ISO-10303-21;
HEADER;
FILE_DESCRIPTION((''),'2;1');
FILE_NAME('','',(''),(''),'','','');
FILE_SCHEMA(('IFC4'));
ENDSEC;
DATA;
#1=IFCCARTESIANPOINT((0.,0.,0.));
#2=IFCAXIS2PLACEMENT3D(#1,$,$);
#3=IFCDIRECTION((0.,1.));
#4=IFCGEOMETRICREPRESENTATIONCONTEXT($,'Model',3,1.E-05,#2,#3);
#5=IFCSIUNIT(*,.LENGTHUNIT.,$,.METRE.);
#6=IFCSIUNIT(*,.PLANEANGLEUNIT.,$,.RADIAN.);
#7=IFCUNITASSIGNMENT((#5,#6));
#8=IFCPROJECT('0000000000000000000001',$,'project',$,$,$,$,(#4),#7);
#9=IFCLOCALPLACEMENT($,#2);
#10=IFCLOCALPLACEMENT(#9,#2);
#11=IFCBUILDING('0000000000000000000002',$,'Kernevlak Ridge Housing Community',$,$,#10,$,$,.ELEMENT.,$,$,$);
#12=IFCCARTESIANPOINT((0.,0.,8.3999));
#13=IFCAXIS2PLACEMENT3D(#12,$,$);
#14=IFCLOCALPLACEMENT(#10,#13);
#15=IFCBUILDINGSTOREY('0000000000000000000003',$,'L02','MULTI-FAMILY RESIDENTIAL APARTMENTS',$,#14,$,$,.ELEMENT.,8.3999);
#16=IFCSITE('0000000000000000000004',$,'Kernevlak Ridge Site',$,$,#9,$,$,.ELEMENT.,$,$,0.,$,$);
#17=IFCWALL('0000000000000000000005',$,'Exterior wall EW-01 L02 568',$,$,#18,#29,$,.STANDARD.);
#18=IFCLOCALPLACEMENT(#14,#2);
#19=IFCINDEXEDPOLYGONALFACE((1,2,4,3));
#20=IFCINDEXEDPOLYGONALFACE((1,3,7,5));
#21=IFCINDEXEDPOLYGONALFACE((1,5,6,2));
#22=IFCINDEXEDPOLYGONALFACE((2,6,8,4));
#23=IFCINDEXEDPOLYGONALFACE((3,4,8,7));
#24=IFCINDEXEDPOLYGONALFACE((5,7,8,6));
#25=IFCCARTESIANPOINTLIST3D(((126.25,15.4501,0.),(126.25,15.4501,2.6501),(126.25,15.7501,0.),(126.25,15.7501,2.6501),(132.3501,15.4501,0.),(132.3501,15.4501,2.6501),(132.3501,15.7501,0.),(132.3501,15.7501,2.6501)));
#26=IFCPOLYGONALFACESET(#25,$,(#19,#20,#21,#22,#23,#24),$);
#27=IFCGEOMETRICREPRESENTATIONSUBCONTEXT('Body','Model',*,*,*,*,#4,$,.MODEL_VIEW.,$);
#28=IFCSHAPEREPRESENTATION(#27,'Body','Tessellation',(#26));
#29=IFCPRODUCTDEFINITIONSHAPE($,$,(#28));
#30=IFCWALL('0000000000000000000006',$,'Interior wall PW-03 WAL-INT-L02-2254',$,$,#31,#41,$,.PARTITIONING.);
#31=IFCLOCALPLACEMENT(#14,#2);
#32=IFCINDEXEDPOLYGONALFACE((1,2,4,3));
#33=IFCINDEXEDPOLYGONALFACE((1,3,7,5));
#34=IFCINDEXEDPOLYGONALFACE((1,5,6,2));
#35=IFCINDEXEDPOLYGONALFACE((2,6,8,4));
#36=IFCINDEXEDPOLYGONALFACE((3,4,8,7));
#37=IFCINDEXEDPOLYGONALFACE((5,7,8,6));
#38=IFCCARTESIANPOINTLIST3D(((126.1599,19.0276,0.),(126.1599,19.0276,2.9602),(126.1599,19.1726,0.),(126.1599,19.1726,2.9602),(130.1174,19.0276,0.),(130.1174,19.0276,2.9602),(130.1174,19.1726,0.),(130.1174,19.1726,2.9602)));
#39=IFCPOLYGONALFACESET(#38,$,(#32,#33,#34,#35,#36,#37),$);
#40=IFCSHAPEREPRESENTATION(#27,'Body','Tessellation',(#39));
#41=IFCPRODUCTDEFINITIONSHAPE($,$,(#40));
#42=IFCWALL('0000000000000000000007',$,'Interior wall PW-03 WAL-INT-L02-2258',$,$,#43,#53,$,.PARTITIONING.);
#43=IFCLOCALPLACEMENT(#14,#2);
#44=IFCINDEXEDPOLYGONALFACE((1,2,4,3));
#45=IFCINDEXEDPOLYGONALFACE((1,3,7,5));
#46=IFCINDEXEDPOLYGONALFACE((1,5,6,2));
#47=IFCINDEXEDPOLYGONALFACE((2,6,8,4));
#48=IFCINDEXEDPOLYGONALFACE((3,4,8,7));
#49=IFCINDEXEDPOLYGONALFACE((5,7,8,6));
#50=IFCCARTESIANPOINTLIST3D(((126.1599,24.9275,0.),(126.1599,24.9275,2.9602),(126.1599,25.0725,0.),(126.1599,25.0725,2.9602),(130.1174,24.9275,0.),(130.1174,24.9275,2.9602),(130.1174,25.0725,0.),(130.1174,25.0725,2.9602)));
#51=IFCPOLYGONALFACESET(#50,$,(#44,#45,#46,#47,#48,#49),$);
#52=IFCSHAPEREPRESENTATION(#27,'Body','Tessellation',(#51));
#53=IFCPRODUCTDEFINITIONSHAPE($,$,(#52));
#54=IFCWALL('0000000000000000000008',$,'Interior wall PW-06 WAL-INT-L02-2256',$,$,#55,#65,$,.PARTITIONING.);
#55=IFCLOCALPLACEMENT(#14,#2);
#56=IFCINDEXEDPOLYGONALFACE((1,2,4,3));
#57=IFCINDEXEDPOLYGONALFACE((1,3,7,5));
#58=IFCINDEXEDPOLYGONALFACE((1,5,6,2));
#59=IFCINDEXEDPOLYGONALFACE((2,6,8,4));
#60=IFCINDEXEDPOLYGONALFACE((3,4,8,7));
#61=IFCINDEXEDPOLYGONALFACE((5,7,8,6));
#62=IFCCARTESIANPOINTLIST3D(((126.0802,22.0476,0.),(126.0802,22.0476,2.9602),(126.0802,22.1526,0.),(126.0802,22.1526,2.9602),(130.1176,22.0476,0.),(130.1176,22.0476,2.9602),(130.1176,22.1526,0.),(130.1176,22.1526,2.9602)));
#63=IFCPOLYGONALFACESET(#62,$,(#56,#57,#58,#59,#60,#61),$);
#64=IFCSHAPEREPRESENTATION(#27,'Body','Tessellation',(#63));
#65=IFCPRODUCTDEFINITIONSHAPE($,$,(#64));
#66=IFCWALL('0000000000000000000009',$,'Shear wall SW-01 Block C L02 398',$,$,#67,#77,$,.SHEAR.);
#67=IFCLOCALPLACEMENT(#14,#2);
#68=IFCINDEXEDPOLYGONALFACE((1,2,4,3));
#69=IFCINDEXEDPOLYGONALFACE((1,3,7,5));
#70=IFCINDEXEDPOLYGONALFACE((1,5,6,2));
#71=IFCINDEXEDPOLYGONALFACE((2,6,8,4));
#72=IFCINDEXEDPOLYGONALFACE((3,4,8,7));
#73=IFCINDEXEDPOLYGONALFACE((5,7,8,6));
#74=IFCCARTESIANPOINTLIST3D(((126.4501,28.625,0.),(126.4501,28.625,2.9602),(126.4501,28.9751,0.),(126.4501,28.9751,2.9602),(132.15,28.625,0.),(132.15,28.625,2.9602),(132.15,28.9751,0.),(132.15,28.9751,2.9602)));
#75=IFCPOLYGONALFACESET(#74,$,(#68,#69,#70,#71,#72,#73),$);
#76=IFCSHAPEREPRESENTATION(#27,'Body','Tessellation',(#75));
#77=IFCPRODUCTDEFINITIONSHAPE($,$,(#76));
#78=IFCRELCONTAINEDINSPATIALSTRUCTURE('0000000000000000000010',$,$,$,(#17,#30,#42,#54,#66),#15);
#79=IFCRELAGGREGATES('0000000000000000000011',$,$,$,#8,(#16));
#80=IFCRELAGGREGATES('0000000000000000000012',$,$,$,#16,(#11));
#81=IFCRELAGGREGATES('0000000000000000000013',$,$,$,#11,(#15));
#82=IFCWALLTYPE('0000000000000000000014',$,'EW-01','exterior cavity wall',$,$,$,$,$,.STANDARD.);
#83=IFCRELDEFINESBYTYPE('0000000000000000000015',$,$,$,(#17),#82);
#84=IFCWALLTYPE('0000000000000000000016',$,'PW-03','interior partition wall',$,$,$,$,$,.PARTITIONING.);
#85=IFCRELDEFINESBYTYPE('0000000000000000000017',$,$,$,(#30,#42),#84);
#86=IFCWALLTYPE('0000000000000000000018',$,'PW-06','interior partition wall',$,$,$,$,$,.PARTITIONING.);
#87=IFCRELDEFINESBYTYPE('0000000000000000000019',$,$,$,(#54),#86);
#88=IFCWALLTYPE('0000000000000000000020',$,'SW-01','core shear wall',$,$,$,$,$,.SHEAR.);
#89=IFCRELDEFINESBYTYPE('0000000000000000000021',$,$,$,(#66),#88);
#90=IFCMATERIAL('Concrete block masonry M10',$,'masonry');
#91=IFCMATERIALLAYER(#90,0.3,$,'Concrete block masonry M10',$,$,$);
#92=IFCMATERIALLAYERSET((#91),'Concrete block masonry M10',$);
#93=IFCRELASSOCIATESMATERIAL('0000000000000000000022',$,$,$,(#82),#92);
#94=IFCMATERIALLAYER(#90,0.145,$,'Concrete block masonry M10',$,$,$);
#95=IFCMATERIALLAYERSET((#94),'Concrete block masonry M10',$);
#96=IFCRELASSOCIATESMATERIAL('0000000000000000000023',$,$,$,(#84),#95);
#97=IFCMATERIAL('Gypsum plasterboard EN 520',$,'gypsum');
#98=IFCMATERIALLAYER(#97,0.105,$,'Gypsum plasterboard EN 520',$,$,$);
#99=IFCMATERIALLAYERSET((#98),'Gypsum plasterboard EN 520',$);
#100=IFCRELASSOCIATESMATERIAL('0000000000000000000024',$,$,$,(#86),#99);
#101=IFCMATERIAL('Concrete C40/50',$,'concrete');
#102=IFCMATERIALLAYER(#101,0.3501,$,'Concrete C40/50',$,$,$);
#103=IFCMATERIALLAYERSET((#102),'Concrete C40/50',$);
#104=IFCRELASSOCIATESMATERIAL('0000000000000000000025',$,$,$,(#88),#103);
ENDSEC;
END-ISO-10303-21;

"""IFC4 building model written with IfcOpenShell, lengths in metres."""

from ifc_helpers import new_model, si_unit, direction, frame, frame_2d, origin, place, context, subcontext, project, spatial, rectangle, extrude, material, layer, layer_set, type_object, element, save


model = new_model("IFC4")

# Units and contexts
model_context = context("Model", 3, precision=1e-05, world=origin(), true_north=direction((0.0, 1.0)))
body_context = subcontext(model_context, "Body", "Model", "MODEL_VIEW")
ifc_project = project(units=[si_unit("LENGTHUNIT", "METRE"), si_unit("PLANEANGLEUNIT", "RADIAN")], contexts=[model_context])

# Site, building, storey
site_placement = place(None, origin())
site = spatial("IfcSite", under=ifc_project, at=site_placement, Name="Kernevlak Ridge Site", CompositionType="ELEMENT", RefElevation=0.0)
building_placement = place(site_placement, origin())
building = spatial("IfcBuilding", under=site, at=building_placement, Name="Kernevlak Ridge Housing Community", CompositionType="ELEMENT")
storey_placement = place(building_placement, frame((0.0, 0.0, 8.3999)))
storey = spatial("IfcBuildingStorey", under=building, at=storey_placement, Name="L02", Description="MULTI-FAMILY RESIDENTIAL APARTMENTS", CompositionType="ELEMENT", Elevation=8.3999)

# Shared definitions
ifc_material_1 = material(Name="Concrete C40/50", Category="concrete")

# Shared definitions
ifc_material_2 = material(Name="Concrete block masonry M10", Category="masonry")
ifc_layer_1 = layer(ifc_material_2, 0.3, Name="Concrete block masonry M10")
ifc_layer_set_1 = layer_set([ifc_layer_1], Name="Concrete block masonry M10")
wall_type_1 = type_object("IfcWallType", Name="EW-01", Description="exterior cavity wall", PredefinedType="STANDARD", material=ifc_layer_set_1)

# Walls
wall_1_placement = place(storey_placement, frame((126.25, 15.6001, 0.0), z_axis=(0.0, 0.0, 1.0), x_axis=(1.0, 0.0, 0.0)))
element("IfcWall", 1, at=wall_1_placement, inside=storey, type_object=wall_type_1, Name="Exterior wall EW-01 L02 568", PredefinedType="STANDARD", context=body_context, shape_type="SweptSolid", body=[
    extrude(rectangle(XDim=6.1001, YDim=0.3, at=frame_2d((3.05, 0.0))), origin(), (0.0, 0.0, 1.0), 2.6501),
])
ifc_layer_2 = layer(ifc_material_2, 0.145, Name="Concrete block masonry M10")
ifc_layer_set_2 = layer_set([ifc_layer_2], Name="Concrete block masonry M10")
wall_type_2 = type_object("IfcWallType", Name="PW-03", Description="interior partition wall", PredefinedType="PARTITIONING", material=ifc_layer_set_2)
for number, where, z_axis, x_axis, name in (
    (2, (130.1174, 19.1001, 0.0), (0.0, 0.0, 1.0), (-1.0, 0.0, 0.0), "Interior wall PW-03 WAL-INT-L02-2254"),
    (3, (130.1174, 25.0, 0.0), (0.0, 0.0, 1.0), (-1.0, 0.0, 0.0), "Interior wall PW-03 WAL-INT-L02-2258"),
):
    element("IfcWall", number, at=place(storey_placement, frame(where, z_axis=z_axis, x_axis=x_axis)), inside=storey, type_object=wall_type_2, Name=name, PredefinedType="PARTITIONING", context=body_context, shape_type="SweptSolid", body=[
        extrude(rectangle(XDim=3.9575, YDim=0.145, at=frame_2d((1.9788, 0.0))), origin(), (0.0, 0.0, 1.0), 2.9602),
    ])
ifc_material_3 = material(Name="Gypsum plasterboard EN 520", Category="gypsum")
ifc_layer_3 = layer(ifc_material_3, 0.105, Name="Gypsum plasterboard EN 520")
ifc_layer_set_3 = layer_set([ifc_layer_3], Name="Gypsum plasterboard EN 520")
wall_type_3 = type_object("IfcWallType", Name="PW-06", Description="interior partition wall", PredefinedType="PARTITIONING", material=ifc_layer_set_3)
wall_2_placement = place(storey_placement, frame((130.1174, 22.1001, 0.0), z_axis=(0.0, 0.0, 1.0), x_axis=(-1.0, 0.0, 0.0)))
element("IfcWall", 4, at=wall_2_placement, inside=storey, type_object=wall_type_3, Name="Interior wall PW-06 WAL-INT-L02-2256", PredefinedType="PARTITIONING", context=body_context, shape_type="SweptSolid", body=[
    extrude(rectangle(XDim=4.0374, YDim=0.105, at=frame_2d((2.0186, 0.0))), origin(), (0.0, 0.0, 1.0), 2.9602),
])
ifc_layer_4 = layer(ifc_material_1, 0.3501, Name="Concrete C40/50")
ifc_layer_set_4 = layer_set([ifc_layer_4], Name="Concrete C40/50")
wall_type_4 = type_object("IfcWallType", Name="SW-01", Description="core shear wall", PredefinedType="SHEAR", material=ifc_layer_set_4)
wall_3_placement = place(storey_placement, frame((126.45, 28.8, 0.0), z_axis=(0.0, 0.0, 1.0), x_axis=(1.0, 0.0, 0.0)))
element("IfcWall", 5, at=wall_3_placement, inside=storey, type_object=wall_type_4, Name="Shear wall SW-01 Block C L02 398", PredefinedType="SHEAR", context=body_context, shape_type="SweptSolid", body=[
    extrude(rectangle(XDim=5.7, YDim=0.3501, at=frame_2d((2.8501, 0.0))), origin(), (0.0, 0.0, 1.0), 2.9602),
])

save(model, "model.ifc")
